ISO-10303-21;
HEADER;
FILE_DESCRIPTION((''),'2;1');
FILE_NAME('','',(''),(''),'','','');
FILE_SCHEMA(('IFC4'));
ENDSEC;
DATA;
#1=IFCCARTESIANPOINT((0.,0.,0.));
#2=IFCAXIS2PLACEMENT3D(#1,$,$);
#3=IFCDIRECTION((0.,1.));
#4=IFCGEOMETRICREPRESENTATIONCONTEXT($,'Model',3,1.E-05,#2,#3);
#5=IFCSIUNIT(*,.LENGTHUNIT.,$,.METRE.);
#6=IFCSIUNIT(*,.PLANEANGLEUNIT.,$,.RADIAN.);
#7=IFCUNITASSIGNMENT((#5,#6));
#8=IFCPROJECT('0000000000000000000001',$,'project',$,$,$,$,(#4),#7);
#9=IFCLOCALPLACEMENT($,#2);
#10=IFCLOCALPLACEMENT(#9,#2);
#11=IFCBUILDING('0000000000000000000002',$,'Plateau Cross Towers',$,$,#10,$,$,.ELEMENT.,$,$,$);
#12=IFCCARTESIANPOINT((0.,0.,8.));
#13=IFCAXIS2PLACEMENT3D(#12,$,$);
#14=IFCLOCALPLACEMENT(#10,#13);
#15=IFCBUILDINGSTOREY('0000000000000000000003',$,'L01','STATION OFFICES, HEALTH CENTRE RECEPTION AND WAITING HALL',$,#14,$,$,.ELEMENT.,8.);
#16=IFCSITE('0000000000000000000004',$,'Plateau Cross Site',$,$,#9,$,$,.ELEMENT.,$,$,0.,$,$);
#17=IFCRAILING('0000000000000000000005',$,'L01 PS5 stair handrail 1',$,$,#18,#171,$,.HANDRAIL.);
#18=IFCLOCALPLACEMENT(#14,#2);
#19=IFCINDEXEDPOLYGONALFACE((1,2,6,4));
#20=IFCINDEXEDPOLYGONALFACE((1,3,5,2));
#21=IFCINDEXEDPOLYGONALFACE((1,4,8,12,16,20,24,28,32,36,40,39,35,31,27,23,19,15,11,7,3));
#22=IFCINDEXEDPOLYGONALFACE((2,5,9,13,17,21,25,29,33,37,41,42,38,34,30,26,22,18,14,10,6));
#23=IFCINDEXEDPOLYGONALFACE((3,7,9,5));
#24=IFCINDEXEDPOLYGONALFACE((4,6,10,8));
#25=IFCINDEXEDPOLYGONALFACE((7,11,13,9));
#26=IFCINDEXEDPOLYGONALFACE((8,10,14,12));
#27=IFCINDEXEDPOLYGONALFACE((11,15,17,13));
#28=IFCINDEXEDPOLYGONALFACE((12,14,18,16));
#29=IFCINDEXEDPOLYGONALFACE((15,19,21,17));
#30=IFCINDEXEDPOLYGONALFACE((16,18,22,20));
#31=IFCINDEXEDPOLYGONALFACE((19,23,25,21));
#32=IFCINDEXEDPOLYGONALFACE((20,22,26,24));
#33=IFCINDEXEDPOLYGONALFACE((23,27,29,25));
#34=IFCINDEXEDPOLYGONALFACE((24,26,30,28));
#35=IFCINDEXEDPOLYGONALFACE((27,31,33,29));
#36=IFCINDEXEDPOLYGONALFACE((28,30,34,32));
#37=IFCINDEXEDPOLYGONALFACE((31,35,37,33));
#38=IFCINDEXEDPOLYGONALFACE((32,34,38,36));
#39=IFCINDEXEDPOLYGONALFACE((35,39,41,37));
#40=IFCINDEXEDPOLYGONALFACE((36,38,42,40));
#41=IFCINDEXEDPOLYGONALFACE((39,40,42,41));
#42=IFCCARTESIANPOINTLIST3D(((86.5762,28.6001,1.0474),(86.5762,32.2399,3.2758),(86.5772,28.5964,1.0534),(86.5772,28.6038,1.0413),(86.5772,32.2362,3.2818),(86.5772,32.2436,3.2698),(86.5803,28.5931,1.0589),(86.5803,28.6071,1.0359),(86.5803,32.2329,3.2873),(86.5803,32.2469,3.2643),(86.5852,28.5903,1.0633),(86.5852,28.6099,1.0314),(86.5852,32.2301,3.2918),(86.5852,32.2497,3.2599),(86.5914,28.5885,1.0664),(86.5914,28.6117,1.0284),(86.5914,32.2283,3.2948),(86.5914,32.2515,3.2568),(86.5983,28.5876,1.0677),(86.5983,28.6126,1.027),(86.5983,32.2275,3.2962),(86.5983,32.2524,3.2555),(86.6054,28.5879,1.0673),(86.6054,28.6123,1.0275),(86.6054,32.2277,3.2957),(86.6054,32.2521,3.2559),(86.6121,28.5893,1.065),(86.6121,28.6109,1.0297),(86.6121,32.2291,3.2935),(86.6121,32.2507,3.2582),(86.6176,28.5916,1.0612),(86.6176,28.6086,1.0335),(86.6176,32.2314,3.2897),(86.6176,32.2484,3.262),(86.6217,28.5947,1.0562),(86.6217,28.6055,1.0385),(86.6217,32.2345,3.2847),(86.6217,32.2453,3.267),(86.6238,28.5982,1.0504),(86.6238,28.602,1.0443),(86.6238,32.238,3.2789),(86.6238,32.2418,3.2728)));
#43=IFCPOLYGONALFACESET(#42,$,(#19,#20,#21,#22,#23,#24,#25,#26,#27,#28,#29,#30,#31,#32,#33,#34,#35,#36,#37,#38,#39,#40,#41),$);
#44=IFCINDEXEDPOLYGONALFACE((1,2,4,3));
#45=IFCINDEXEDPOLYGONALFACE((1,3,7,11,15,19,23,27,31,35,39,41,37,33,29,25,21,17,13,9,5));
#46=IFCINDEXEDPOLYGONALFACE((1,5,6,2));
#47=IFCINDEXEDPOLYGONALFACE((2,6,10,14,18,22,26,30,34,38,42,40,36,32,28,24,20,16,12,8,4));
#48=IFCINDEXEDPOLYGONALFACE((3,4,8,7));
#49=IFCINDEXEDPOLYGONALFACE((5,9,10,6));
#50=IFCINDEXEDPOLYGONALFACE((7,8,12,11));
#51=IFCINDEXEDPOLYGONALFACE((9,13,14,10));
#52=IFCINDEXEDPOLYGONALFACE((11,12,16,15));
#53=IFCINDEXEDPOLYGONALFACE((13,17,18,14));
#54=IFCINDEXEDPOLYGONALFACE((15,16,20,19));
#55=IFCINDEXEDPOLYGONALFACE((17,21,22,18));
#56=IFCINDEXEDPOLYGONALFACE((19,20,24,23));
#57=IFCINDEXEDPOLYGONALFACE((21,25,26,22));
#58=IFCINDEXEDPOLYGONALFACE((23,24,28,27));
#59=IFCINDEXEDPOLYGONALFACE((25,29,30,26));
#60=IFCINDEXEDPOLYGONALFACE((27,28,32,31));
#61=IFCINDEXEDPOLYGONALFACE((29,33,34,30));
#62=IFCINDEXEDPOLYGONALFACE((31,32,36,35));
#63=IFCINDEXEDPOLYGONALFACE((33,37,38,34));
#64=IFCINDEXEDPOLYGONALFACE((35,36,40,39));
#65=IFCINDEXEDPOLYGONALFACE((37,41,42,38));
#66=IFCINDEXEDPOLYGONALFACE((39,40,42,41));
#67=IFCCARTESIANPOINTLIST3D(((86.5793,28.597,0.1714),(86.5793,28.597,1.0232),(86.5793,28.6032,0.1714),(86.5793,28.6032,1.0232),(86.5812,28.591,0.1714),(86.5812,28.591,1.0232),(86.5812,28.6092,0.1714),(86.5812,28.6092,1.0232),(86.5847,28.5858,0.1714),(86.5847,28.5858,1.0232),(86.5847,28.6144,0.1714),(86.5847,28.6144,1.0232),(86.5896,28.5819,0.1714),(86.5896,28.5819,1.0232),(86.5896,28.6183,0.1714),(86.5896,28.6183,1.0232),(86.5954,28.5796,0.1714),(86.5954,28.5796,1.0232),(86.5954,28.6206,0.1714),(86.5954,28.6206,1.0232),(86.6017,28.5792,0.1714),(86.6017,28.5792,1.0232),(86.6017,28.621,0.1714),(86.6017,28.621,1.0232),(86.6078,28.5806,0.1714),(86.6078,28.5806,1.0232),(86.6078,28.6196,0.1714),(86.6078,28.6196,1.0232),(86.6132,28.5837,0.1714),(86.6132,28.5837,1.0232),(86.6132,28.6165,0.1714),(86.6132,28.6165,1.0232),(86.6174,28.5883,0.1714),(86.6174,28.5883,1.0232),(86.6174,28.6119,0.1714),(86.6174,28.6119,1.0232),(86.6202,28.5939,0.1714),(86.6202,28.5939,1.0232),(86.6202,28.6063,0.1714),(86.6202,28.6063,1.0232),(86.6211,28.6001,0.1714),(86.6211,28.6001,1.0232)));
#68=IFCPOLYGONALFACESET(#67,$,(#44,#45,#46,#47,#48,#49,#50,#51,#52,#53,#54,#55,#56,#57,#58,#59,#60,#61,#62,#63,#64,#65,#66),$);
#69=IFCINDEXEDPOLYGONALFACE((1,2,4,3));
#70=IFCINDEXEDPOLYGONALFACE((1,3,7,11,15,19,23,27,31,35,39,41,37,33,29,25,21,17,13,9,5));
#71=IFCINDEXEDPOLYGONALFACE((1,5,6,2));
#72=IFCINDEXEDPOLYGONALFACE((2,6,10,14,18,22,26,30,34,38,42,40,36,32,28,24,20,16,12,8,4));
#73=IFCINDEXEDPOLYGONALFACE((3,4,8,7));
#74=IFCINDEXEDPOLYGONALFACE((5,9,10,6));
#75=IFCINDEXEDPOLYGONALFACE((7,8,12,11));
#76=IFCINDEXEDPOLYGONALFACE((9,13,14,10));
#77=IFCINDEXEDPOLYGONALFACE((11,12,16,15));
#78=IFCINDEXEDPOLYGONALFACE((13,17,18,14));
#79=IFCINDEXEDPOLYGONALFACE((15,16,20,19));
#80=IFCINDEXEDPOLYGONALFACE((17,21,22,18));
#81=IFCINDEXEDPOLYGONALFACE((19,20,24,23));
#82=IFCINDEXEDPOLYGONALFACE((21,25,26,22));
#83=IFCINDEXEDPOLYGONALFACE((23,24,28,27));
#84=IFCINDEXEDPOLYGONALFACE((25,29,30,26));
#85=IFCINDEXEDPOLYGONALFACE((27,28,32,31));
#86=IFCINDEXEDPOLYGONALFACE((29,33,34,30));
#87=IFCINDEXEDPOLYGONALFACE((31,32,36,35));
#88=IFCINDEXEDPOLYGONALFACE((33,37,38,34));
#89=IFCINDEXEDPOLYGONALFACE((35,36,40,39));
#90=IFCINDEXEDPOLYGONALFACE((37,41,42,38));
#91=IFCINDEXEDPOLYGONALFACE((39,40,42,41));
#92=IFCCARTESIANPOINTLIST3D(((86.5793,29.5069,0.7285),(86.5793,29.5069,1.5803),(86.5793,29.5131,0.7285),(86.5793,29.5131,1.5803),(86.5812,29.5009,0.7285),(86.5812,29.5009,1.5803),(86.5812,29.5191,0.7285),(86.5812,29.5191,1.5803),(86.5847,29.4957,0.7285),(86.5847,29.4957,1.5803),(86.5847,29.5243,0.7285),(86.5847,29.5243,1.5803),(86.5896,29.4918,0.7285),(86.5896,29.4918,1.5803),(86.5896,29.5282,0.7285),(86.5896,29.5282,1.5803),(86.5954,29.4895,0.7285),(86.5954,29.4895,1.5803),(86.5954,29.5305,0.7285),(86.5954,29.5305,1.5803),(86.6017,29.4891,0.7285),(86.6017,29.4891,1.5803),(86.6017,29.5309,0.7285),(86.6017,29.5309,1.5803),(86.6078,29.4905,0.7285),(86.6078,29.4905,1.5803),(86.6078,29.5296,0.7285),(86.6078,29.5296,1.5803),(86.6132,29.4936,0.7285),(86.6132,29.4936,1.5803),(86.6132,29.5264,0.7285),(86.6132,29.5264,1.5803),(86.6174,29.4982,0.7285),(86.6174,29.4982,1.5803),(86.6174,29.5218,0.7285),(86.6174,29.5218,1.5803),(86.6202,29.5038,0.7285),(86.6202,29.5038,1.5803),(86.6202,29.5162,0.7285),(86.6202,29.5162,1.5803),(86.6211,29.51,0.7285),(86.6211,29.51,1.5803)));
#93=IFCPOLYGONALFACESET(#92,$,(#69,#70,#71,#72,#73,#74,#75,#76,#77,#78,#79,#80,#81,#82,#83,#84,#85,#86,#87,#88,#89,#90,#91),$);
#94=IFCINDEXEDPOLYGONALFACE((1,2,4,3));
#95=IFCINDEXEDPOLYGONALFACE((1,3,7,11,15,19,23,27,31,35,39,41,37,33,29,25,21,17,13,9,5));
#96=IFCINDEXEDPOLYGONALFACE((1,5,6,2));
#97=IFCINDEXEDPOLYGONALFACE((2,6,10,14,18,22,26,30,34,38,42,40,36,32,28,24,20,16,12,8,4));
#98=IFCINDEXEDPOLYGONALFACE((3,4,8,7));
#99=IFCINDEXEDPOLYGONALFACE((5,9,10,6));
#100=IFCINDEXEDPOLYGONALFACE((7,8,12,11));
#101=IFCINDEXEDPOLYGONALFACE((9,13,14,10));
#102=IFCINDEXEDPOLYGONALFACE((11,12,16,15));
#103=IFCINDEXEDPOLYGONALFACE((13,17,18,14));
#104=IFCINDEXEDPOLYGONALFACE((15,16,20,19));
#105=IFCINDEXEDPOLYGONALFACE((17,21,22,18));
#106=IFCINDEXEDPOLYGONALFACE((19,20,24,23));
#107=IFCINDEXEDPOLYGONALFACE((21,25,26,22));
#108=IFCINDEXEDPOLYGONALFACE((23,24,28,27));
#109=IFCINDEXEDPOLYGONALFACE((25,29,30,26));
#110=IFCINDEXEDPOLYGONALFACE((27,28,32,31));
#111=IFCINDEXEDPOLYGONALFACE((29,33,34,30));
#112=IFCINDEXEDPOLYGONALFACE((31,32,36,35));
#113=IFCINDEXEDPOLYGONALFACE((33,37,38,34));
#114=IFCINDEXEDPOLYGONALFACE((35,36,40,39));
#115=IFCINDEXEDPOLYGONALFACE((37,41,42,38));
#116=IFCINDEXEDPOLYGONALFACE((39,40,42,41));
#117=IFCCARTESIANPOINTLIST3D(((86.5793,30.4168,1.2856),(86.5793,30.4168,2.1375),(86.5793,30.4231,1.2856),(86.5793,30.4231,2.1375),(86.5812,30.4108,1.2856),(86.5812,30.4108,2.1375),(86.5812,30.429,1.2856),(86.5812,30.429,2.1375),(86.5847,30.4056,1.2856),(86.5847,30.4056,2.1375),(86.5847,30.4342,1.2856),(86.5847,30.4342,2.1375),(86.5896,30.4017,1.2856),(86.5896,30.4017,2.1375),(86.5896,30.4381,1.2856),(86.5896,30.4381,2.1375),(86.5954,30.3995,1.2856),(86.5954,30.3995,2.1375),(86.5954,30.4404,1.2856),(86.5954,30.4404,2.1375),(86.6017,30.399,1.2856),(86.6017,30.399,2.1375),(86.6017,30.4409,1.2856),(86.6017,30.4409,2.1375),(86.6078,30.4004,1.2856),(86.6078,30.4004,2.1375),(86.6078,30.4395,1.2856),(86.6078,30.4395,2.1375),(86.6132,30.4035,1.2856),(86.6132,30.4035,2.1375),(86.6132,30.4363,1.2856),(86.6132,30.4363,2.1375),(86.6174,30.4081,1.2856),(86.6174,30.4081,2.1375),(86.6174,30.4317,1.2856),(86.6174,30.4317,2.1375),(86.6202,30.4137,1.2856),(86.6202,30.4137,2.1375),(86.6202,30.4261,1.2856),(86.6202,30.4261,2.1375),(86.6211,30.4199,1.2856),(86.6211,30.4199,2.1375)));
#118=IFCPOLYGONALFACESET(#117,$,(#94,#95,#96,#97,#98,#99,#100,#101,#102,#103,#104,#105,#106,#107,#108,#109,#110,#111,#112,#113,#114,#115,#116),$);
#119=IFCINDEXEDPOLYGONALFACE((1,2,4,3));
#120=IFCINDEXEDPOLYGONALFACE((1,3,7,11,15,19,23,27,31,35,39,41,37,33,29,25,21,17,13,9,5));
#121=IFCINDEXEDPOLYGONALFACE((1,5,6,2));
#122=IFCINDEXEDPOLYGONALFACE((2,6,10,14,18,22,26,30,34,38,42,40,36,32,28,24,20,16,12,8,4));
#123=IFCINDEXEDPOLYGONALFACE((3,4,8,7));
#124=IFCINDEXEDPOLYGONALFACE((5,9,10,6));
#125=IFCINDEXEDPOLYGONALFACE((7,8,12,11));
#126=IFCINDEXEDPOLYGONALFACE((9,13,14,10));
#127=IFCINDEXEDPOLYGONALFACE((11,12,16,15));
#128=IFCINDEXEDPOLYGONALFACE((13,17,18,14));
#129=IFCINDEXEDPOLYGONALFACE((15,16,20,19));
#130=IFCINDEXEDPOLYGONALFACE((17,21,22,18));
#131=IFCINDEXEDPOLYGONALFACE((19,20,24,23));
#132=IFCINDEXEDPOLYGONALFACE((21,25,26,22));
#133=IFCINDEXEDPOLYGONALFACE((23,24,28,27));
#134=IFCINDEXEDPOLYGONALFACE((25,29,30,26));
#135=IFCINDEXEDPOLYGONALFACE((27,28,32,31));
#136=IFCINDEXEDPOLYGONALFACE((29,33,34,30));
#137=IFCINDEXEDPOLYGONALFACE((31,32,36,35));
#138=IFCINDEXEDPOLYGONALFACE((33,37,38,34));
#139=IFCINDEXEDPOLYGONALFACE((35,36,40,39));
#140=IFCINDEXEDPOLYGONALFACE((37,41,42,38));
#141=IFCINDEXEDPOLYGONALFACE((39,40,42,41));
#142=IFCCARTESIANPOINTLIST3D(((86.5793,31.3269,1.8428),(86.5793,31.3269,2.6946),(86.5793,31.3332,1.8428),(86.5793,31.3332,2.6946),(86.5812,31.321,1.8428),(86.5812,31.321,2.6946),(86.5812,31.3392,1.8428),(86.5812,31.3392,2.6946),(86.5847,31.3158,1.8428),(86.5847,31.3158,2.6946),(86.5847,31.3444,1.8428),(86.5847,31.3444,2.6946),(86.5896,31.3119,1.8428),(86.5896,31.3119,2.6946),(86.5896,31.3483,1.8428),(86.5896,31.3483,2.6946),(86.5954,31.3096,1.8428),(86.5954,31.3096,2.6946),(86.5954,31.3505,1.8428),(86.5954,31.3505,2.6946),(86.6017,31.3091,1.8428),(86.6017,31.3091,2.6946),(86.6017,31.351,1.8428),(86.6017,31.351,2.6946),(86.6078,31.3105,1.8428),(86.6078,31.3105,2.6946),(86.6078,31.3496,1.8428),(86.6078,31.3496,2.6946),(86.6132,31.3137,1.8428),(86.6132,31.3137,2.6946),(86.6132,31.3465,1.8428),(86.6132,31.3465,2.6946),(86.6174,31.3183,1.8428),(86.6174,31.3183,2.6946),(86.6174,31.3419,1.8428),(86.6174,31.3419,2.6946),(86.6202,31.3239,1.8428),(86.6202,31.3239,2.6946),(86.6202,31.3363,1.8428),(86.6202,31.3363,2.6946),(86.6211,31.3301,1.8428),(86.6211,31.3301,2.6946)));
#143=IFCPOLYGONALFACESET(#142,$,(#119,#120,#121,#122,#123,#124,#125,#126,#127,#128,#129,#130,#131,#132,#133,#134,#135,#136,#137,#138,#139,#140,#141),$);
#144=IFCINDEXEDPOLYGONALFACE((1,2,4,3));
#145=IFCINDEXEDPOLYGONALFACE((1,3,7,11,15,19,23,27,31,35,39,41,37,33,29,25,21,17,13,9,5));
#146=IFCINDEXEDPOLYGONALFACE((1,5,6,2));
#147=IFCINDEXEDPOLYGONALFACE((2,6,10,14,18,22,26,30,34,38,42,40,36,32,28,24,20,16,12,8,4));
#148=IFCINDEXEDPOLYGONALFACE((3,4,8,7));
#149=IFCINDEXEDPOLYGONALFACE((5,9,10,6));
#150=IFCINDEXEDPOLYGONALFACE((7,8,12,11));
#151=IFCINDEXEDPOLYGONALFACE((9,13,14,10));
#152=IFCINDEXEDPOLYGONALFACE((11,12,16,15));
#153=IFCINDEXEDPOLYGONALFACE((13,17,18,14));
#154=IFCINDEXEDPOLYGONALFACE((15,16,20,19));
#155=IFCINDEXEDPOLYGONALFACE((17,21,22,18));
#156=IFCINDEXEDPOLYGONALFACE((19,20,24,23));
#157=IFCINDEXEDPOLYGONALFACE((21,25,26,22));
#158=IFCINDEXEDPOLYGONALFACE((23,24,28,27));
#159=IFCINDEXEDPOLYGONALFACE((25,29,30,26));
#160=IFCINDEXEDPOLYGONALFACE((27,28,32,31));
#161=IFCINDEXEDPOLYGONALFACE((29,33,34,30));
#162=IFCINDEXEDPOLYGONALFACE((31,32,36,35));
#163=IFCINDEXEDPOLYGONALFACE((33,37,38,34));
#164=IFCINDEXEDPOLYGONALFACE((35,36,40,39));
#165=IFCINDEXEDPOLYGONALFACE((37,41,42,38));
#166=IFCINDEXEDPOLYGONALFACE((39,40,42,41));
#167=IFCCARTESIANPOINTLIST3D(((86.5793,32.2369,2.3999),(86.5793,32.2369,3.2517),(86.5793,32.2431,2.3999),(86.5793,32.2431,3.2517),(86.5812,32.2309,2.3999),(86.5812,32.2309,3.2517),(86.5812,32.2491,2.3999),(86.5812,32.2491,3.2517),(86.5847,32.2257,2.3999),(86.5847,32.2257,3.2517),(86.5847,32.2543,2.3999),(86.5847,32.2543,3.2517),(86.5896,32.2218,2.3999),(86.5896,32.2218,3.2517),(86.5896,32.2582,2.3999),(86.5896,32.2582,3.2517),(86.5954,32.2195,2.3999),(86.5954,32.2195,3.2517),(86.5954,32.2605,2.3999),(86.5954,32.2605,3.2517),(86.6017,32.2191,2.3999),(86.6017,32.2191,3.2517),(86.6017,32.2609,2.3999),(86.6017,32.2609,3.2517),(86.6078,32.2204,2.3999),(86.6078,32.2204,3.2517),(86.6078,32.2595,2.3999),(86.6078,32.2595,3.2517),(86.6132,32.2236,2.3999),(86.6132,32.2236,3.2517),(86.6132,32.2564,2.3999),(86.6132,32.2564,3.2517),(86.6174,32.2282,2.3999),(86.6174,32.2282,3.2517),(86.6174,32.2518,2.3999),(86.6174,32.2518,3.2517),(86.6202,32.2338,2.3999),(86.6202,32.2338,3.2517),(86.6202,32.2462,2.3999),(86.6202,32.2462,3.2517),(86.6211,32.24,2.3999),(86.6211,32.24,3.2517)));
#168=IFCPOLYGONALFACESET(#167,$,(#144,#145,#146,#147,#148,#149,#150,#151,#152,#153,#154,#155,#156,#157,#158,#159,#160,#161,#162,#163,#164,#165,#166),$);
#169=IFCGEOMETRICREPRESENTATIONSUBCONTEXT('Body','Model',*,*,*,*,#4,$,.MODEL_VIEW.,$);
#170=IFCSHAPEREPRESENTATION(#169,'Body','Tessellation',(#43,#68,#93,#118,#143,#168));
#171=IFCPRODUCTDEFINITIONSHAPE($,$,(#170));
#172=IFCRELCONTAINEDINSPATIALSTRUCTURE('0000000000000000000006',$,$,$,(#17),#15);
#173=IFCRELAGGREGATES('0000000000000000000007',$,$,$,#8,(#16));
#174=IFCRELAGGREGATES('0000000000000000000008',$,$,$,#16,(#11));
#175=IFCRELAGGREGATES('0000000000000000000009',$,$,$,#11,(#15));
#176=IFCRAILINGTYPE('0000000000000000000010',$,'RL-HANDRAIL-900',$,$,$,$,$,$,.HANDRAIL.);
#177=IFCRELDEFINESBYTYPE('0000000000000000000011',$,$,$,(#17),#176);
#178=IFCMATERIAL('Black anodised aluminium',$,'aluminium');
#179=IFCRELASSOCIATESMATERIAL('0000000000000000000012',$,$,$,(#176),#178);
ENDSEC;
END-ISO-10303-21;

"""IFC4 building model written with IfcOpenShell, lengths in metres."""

from ifc_helpers import new_model, si_unit, direction, frame, origin, origin_2d, place, context, subcontext, project, spatial, circle, extrude, material, type_object, element, save


model = new_model("IFC4")

# Units and contexts
model_context = context("Model", 3, precision=1e-05, world=origin(), true_north=direction((0.0, 1.0)))
body_context = subcontext(model_context, "Body", "Model", "MODEL_VIEW")
ifc_project = project(units=[si_unit("LENGTHUNIT", "METRE"), si_unit("PLANEANGLEUNIT", "RADIAN")], contexts=[model_context])

# Site, building, storey
site_placement = place(None, origin())
site = spatial("IfcSite", under=ifc_project, at=site_placement, Name="Plateau Cross Site", CompositionType="ELEMENT", RefElevation=0.0)
building_placement = place(site_placement, origin())
building = spatial("IfcBuilding", under=site, at=building_placement, Name="Plateau Cross Towers", CompositionType="ELEMENT")
storey_placement = place(building_placement, frame((0.0, 0.0, 8.0)))
storey = spatial("IfcBuildingStorey", under=building, at=storey_placement, Name="L01", Description="STATION OFFICES, HEALTH CENTRE RECEPTION AND WAITING HALL", CompositionType="ELEMENT", Elevation=8.0)

# Railing
ifc_material_1 = material(Name="Black anodised aluminium", Category="aluminium")
railing_type_1 = type_object("IfcRailingType", Name="RL-HANDRAIL-900", PredefinedType="HANDRAIL", material=ifc_material_1)
railing_1_placement = place(storey_placement, frame((86.6001, 28.6001, 0.1714)))
element("IfcRailing", 1, at=railing_1_placement, inside=storey, type_object=railing_type_1, Name="L01 PS5 stair handrail 1", PredefinedType="HANDRAIL", context=body_context, shape_type="SweptSolid", body=[
    extrude(circle(Radius=0.0239, at=origin_2d()), frame((0.0, 0.0, 0.876), z_axis=(0.0, 0.85285, 0.522156), x_axis=(-1.0, 0.0, 0.0)), (0.0, 0.0, 1.0), 4.2678),
    extrude(circle(Radius=0.021, at=origin_2d()), origin(), (0.0, 0.0, 1.0), 0.8518),
    extrude(circle(Radius=0.021, at=origin_2d()), frame((0.0, 0.9099, 0.5571)), (0.0, 0.0, 1.0), 0.8518),
    extrude(circle(Radius=0.021, at=origin_2d()), frame((0.0, 1.8198, 1.1143)), (0.0, 0.0, 1.0), 0.8518),
    extrude(circle(Radius=0.021, at=origin_2d()), frame((0.0, 2.73, 1.6714)), (0.0, 0.0, 1.0), 0.8518),
    extrude(circle(Radius=0.021, at=origin_2d()), frame((0.0, 3.6399, 2.2285)), (0.0, 0.0, 1.0), 0.8518),
])

save(model, "model.ifc")
